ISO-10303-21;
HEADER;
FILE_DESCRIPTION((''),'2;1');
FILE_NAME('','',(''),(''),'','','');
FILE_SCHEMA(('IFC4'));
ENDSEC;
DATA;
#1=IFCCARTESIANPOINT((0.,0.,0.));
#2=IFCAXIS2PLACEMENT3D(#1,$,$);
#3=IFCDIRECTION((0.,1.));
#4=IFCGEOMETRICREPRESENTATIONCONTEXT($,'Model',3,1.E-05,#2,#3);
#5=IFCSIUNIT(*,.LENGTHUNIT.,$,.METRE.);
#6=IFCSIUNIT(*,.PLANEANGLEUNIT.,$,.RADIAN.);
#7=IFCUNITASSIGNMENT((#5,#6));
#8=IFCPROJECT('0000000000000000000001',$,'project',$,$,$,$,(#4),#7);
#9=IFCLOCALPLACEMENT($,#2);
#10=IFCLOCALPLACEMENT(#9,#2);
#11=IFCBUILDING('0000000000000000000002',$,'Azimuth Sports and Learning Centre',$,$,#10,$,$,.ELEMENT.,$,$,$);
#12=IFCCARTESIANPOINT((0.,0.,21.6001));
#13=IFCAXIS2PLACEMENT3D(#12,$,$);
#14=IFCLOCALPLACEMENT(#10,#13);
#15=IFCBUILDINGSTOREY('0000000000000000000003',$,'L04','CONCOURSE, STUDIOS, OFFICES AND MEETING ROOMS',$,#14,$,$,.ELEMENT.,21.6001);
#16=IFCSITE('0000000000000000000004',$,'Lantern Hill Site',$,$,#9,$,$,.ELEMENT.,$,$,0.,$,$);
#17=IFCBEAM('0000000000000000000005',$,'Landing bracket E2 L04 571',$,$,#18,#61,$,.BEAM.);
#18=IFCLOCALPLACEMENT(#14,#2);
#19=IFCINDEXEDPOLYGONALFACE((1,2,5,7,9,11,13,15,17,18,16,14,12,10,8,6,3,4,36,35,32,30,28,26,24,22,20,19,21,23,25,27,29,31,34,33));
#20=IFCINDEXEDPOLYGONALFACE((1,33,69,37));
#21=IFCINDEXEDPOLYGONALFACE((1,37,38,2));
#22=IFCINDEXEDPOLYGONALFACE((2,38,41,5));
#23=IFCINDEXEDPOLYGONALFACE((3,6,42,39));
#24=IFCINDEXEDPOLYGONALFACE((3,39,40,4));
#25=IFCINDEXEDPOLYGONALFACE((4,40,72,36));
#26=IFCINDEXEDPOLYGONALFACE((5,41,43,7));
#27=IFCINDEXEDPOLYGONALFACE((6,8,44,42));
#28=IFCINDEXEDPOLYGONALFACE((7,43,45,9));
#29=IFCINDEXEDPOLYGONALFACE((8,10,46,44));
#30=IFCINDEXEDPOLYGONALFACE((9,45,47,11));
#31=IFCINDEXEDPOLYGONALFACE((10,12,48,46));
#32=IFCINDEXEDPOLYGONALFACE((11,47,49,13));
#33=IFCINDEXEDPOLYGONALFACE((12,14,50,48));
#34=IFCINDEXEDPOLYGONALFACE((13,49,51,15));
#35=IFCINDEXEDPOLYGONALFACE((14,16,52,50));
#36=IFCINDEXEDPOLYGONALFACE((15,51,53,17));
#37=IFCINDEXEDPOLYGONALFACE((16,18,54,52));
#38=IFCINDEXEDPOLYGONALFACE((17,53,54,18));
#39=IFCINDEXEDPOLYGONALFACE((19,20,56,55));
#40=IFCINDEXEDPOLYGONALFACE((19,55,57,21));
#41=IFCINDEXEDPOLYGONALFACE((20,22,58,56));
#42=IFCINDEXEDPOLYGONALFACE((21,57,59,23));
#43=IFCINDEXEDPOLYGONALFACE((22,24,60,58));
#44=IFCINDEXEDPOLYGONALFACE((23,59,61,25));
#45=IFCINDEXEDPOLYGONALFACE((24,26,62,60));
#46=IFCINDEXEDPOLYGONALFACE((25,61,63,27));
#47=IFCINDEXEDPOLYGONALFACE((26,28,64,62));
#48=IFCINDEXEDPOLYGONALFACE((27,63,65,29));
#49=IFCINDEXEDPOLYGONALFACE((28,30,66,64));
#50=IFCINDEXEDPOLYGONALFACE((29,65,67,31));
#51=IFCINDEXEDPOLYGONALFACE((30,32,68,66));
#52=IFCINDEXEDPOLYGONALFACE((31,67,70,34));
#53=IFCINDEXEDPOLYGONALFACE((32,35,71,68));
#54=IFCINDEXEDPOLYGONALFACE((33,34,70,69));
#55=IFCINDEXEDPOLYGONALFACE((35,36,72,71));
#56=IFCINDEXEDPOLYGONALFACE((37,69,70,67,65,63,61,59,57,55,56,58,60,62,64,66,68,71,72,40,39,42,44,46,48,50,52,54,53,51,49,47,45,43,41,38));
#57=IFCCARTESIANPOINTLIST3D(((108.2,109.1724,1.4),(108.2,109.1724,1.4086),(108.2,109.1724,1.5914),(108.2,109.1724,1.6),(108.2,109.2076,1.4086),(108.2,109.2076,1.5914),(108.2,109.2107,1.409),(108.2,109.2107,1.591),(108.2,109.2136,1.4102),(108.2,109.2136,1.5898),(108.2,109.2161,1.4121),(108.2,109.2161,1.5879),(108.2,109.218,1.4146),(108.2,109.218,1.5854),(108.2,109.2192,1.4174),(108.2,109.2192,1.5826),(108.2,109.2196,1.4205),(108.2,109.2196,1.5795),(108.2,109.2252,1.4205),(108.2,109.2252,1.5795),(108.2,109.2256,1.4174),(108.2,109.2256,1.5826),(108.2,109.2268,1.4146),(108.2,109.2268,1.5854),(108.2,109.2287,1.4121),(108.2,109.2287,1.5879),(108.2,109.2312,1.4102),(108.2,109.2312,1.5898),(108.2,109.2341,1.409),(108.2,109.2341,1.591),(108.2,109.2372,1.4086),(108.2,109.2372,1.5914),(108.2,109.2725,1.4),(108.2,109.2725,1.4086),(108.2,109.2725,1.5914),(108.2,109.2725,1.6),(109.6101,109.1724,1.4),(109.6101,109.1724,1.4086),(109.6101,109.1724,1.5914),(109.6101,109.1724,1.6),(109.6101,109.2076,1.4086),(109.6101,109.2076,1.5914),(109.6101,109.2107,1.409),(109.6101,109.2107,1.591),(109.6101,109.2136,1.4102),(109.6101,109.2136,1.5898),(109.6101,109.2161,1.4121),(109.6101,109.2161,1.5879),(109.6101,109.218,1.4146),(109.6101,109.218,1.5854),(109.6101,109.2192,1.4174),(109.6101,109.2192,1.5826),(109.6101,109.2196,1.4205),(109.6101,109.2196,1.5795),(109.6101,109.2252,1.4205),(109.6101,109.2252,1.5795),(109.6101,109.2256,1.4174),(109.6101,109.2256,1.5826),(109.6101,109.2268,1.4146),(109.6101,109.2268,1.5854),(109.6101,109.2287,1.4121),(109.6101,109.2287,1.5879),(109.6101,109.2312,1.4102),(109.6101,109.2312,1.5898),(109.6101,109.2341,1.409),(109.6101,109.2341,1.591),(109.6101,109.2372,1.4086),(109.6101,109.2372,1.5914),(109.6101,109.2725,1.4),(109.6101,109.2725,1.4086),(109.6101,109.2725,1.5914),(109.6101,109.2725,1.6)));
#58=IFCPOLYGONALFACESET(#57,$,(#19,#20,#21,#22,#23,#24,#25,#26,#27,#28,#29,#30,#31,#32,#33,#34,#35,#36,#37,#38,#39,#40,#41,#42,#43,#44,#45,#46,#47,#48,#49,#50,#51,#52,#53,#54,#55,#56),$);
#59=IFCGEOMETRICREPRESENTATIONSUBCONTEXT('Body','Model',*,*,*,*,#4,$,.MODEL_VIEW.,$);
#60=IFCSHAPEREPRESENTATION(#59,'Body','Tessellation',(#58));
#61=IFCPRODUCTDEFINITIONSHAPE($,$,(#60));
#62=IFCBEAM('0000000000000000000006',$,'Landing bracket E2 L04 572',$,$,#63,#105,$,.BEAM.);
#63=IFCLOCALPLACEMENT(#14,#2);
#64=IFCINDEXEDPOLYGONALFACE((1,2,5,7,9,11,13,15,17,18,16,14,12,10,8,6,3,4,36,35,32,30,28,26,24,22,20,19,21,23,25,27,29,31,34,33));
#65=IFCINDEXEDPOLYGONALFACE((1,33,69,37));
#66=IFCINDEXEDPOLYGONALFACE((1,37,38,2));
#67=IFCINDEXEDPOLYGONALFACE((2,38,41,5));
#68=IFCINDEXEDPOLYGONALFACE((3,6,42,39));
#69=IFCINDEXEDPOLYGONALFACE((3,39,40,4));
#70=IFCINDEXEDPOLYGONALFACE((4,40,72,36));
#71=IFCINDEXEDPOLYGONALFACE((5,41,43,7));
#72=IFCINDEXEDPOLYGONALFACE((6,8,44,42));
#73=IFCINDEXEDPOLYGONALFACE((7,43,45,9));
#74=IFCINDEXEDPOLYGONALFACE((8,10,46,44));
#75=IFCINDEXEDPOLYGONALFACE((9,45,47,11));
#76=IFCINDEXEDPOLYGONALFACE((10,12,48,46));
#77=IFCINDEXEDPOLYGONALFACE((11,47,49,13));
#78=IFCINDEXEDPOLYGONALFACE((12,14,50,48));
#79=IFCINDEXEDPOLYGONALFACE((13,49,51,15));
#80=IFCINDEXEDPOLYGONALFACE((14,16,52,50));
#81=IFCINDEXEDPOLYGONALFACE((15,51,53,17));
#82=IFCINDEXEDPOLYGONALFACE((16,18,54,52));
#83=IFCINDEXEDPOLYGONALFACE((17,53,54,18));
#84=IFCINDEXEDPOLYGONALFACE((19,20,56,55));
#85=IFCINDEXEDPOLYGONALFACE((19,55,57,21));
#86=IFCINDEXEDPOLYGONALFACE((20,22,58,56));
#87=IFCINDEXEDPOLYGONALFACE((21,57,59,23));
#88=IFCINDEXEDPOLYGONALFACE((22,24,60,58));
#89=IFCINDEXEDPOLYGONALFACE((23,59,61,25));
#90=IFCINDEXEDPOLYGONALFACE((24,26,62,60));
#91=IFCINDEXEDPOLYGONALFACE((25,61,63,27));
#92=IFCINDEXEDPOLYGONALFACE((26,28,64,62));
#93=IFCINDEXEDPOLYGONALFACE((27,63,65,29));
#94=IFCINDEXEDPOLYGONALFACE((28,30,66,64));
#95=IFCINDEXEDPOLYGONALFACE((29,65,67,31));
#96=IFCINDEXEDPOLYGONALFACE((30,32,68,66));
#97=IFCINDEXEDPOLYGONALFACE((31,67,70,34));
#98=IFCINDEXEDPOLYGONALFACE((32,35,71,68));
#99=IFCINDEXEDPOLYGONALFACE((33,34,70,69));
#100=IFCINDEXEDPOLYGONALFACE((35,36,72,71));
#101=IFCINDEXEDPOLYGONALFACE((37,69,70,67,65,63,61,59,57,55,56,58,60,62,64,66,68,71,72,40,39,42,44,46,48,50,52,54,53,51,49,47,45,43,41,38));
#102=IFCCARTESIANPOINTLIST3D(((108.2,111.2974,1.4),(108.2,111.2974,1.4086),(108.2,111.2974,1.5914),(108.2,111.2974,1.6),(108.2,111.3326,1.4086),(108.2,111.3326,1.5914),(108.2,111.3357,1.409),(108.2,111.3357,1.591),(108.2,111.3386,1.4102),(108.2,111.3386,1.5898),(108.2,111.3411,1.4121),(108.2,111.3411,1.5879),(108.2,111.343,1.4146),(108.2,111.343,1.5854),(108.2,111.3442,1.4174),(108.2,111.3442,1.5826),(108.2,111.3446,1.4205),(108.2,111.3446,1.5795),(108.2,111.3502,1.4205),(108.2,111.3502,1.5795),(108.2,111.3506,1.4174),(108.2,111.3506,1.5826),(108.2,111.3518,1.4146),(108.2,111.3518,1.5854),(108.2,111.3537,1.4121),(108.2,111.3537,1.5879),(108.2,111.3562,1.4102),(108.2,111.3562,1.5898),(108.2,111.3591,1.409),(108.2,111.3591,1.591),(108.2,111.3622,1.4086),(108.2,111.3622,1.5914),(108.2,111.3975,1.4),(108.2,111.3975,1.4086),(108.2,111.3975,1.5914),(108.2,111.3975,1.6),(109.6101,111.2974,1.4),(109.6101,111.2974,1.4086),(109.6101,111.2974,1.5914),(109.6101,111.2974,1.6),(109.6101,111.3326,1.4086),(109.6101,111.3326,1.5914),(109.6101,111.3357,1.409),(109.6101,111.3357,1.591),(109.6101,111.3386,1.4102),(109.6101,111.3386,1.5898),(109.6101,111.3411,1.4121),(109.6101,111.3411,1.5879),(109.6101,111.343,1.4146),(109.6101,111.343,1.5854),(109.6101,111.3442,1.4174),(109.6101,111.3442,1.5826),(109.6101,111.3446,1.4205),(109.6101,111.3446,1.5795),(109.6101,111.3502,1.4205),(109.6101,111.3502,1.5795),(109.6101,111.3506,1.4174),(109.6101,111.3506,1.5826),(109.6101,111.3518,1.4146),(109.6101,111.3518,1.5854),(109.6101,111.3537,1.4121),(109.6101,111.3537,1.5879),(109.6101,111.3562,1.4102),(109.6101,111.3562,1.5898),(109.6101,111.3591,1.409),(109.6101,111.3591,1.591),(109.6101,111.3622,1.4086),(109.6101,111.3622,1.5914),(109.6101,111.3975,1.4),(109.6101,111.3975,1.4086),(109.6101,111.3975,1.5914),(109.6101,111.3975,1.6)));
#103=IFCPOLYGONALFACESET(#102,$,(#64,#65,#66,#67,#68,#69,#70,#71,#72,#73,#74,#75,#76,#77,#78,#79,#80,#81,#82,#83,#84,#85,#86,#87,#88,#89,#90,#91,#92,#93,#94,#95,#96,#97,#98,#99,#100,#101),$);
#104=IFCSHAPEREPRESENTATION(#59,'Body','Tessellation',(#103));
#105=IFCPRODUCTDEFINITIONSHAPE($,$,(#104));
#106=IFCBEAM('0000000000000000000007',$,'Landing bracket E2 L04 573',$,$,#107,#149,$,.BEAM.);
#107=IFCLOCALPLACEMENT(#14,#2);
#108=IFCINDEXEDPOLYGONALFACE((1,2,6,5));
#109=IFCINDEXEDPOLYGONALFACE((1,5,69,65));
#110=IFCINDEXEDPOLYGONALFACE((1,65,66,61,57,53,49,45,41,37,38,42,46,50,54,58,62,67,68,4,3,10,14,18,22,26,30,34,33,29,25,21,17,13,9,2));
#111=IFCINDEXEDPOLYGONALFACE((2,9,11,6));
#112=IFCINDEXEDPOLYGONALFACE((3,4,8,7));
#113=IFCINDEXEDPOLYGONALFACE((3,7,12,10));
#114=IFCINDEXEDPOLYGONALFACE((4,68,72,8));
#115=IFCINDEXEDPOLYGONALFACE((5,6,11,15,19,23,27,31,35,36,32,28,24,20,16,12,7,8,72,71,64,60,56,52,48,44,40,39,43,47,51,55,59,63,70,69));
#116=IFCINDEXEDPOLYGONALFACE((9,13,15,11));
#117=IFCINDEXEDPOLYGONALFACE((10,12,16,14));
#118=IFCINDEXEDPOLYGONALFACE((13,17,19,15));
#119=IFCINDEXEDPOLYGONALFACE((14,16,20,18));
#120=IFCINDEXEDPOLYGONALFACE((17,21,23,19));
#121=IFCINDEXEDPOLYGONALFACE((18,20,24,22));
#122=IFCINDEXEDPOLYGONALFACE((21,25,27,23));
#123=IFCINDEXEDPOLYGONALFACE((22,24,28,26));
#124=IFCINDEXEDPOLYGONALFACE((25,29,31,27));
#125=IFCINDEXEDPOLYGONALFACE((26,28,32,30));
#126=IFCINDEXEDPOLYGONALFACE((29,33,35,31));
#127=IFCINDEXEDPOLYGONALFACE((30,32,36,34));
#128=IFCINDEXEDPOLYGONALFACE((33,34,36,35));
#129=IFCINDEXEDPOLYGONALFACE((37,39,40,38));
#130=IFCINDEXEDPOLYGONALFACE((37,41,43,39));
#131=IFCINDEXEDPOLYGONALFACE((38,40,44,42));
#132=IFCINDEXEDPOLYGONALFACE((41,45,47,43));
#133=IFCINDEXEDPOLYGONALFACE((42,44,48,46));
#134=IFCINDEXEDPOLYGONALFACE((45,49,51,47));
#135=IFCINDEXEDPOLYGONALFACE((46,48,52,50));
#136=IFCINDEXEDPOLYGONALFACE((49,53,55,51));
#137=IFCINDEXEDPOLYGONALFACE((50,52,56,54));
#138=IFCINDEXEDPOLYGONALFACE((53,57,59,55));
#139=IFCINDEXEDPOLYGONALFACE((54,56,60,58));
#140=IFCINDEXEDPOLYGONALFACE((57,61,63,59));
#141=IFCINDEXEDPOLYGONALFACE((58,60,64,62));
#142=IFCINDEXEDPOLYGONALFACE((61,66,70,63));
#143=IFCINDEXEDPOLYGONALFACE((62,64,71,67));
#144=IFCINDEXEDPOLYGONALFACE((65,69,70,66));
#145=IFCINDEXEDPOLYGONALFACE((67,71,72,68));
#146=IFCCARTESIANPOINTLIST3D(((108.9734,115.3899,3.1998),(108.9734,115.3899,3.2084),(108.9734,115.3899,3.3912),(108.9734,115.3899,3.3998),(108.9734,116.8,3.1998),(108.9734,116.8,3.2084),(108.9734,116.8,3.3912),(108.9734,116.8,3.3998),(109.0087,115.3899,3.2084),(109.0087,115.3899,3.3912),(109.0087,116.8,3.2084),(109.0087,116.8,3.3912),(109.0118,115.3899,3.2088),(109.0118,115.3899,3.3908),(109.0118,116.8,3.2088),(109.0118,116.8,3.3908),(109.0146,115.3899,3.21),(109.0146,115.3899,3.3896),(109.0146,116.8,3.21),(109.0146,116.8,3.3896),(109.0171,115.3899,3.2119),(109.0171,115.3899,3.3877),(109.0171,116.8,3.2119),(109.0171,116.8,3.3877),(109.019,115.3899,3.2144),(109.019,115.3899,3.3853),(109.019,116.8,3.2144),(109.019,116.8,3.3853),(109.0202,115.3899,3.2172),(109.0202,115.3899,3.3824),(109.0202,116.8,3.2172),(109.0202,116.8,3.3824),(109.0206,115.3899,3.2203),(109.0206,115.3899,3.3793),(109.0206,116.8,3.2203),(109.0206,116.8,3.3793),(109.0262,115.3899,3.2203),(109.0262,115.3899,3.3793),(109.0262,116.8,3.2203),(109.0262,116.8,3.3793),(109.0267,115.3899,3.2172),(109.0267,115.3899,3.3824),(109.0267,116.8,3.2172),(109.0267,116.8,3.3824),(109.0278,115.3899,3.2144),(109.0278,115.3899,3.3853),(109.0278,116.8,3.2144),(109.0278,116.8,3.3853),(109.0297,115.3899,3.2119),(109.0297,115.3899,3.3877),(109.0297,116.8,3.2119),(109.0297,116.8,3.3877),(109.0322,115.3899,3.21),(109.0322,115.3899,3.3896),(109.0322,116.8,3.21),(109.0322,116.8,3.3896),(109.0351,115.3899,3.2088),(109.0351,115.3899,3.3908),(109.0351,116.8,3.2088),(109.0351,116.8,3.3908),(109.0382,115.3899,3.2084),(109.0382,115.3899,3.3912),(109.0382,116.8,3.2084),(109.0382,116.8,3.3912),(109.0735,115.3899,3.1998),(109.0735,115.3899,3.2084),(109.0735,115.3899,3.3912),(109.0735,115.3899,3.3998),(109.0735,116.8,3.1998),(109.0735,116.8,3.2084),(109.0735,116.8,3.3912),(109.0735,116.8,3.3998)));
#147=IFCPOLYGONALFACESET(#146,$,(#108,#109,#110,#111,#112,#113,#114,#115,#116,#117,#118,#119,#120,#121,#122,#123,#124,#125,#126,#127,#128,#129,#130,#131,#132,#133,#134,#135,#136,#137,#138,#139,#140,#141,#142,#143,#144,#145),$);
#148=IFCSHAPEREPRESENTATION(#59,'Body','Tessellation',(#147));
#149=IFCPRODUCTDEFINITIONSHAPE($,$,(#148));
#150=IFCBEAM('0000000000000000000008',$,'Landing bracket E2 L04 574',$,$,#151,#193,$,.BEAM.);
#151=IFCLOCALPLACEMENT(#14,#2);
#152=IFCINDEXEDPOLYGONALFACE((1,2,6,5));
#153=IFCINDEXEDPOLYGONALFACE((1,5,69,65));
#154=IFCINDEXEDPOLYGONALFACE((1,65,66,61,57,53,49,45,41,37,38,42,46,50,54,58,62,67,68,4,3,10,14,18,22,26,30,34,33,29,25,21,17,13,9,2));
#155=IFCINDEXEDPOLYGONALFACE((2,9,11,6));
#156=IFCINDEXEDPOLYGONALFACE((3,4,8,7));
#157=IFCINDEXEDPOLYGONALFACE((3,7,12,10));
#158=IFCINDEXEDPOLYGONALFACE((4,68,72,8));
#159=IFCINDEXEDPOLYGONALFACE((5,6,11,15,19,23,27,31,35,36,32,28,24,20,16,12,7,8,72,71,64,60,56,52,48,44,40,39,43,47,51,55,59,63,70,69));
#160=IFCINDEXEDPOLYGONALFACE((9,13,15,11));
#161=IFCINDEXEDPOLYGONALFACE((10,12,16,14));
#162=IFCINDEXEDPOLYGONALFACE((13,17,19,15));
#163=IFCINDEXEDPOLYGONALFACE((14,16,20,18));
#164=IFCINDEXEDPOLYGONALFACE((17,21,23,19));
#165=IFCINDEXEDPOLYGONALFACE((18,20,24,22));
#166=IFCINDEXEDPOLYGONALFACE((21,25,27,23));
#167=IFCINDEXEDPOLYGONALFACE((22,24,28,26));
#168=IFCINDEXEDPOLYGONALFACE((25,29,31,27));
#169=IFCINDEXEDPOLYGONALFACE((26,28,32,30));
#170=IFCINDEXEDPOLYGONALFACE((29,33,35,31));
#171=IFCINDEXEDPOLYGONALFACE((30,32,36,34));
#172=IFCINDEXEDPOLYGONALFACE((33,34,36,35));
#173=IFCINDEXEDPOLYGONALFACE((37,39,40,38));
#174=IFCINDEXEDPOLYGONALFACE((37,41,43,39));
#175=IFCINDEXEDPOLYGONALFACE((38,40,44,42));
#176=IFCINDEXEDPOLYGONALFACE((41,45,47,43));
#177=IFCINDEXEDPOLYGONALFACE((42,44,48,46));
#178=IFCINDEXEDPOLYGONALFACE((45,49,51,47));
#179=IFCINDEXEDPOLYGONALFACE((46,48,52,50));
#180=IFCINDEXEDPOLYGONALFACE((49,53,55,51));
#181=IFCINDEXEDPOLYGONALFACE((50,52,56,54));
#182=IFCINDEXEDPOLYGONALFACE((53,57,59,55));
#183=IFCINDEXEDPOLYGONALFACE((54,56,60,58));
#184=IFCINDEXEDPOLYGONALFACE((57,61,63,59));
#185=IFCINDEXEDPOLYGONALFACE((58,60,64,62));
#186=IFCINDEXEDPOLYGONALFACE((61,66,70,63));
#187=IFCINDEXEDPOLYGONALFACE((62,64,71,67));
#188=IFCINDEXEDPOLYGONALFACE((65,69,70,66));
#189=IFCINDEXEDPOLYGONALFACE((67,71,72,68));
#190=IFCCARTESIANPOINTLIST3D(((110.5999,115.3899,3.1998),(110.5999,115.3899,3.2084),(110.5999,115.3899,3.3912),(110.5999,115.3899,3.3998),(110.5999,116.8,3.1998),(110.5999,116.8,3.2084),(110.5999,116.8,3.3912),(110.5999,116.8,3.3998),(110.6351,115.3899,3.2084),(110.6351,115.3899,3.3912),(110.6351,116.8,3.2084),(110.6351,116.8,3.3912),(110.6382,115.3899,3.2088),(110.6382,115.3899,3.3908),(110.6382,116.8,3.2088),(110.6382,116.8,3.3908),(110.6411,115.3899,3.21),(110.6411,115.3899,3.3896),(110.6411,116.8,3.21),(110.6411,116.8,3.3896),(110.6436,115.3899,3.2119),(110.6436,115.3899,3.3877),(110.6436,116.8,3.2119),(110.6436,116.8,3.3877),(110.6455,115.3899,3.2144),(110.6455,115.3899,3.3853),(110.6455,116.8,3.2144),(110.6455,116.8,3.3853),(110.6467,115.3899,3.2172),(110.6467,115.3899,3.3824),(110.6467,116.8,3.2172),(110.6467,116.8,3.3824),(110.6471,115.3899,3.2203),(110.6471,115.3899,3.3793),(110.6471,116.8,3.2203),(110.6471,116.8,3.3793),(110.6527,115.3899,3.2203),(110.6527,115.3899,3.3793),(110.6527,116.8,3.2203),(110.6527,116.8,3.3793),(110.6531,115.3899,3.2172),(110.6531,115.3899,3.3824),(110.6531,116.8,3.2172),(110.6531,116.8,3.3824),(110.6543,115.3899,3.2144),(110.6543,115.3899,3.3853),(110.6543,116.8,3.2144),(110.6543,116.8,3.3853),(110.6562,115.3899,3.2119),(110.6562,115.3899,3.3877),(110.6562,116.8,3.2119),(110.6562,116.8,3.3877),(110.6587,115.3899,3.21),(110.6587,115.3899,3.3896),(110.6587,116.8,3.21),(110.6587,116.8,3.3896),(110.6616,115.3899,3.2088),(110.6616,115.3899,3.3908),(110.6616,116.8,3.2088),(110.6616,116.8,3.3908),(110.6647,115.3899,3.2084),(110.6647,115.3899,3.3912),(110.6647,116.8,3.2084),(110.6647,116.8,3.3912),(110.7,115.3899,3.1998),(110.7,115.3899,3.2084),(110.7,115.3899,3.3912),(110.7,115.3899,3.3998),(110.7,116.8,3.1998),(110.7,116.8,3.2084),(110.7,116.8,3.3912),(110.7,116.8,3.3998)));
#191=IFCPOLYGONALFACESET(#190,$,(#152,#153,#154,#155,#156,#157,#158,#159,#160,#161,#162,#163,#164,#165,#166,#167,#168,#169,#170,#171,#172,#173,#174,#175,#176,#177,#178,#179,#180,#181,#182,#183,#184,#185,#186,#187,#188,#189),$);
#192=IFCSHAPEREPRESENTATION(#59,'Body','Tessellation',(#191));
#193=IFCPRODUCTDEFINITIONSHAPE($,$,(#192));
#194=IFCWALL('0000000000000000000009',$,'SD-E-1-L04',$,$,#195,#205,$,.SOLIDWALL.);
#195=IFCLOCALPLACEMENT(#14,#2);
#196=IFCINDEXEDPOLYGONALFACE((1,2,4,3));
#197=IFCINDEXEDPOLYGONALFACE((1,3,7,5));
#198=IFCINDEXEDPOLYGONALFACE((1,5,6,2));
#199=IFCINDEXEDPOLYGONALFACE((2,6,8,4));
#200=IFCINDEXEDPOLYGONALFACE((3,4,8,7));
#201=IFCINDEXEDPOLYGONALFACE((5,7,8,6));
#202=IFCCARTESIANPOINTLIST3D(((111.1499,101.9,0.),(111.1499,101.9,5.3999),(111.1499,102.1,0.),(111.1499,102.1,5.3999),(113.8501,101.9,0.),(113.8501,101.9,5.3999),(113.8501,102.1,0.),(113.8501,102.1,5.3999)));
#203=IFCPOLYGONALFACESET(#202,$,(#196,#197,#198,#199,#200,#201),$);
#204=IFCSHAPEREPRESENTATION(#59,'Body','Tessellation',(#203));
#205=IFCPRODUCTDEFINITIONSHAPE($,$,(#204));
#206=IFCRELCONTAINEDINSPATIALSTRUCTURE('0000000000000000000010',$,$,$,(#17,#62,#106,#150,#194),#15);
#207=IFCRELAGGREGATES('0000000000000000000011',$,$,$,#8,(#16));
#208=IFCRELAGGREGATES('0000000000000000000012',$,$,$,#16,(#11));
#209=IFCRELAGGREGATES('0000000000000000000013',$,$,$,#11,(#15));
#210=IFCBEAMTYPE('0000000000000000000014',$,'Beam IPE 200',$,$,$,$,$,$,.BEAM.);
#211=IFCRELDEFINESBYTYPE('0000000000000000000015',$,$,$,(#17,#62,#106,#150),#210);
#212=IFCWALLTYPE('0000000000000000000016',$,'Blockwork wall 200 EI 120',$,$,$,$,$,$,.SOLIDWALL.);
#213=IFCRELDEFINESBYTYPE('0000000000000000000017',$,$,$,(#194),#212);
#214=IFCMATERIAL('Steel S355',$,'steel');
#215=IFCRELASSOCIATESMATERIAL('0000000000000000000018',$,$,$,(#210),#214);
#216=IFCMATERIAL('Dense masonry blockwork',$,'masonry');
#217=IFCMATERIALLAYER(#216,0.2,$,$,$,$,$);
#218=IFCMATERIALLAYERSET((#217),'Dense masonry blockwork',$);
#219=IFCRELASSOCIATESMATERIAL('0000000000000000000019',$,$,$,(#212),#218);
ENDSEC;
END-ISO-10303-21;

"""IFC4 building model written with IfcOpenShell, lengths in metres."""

from ifc_helpers import new_model, si_unit, direction, frame, frame_2d, origin, origin_2d, place, context, subcontext, project, spatial, rectangle, i_section, extrude, material, layer, layer_set, material_profile, profile_set, type_object, element, save


model = new_model("IFC4")

# Units and contexts
model_context = context("Model", 3, precision=1e-05, world=origin(), true_north=direction((0.0, 1.0)))
body_context = subcontext(model_context, "Body", "Model", "MODEL_VIEW")
ifc_project = project(units=[si_unit("LENGTHUNIT", "METRE"), si_unit("PLANEANGLEUNIT", "RADIAN")], contexts=[model_context])

# Site, building, storey
site_placement = place(None, origin())
site = spatial("IfcSite", under=ifc_project, at=site_placement, Name="Lantern Hill Site", CompositionType="ELEMENT", RefElevation=0.0)
building_placement = place(site_placement, origin())
building = spatial("IfcBuilding", under=site, at=building_placement, Name="Azimuth Sports and Learning Centre", CompositionType="ELEMENT")
storey_placement = place(building_placement, frame((0.0, 0.0, 21.6001)))
storey = spatial("IfcBuildingStorey", under=building, at=storey_placement, Name="L04", Description="CONCOURSE, STUDIOS, OFFICES AND MEETING ROOMS", CompositionType="ELEMENT", Elevation=21.6001)

# Beams
ifc_material_1 = material(Name="Steel S355", Category="steel")
ifc_material_profile = material_profile(ifc_material_1, i_section(OverallWidth=0.1001, OverallDepth=0.2, WebThickness=0.0056, FlangeThickness=0.0085, FilletRadius=0.012, at=origin_2d()), Name="IPE 200")
ifc_profile_set = profile_set([ifc_material_profile], Name="Steel S355")
beam_type = type_object("IfcBeamType", Name="Beam IPE 200", PredefinedType="BEAM", material=ifc_profile_set)
for number, where, z_axis, x_axis, name in (
    (1, (108.2, 109.2224, 1.5), (1.0, 0.0, 0.0), (0.0, 1.0, 0.0), "Landing bracket E2 L04 571"),
    (2, (108.2, 111.3474, 1.5), (1.0, 0.0, 0.0), (0.0, 1.0, 0.0), "Landing bracket E2 L04 572"),
    (3, (109.0234, 116.8, 3.2998), (0.0, -1.0, 0.0), (1.0, 0.0, 0.0), "Landing bracket E2 L04 573"),
    (4, (110.6499, 116.8, 3.2998), (0.0, -1.0, 0.0), (1.0, 0.0, 0.0), "Landing bracket E2 L04 574"),
):
    element("IfcBeam", number, at=place(storey_placement, frame(where, z_axis=z_axis, x_axis=x_axis)), inside=storey, type_object=beam_type, Name=name, PredefinedType="BEAM", context=body_context, shape_type="SweptSolid", body=[
        extrude(i_section(OverallWidth=0.1001, OverallDepth=0.2, WebThickness=0.0056, FlangeThickness=0.0085, FilletRadius=0.012, at=origin_2d()), origin(), (0.0, 0.0, 1.0), 1.4102),
    ])

# Wall
ifc_material_2 = material(Name="Dense masonry blockwork", Category="masonry")
ifc_layer_1 = layer(ifc_material_2, 0.2)
ifc_layer_set_1 = layer_set([ifc_layer_1], Name="Dense masonry blockwork")
wall_type_1 = type_object("IfcWallType", Name="Blockwork wall 200 EI 120", PredefinedType="SOLIDWALL", material=ifc_layer_set_1)
for number, where, z_axis, x_axis, name in (
    (5, (111.1499, 102.0, 0.0), (0.0, 0.0, 1.0), (1.0, 0.0, 0.0), "SD-E-1-L04"),
):
    element("IfcWall", number, at=place(storey_placement, frame(where, z_axis=z_axis, x_axis=x_axis)), inside=storey, type_object=wall_type_1, Name=name, PredefinedType="SOLIDWALL", context=body_context, shape_type="SweptSolid", body=[
        extrude(rectangle(XDim=2.7002, YDim=0.2, at=frame_2d((1.3501, 0.0))), origin(), (0.0, 0.0, 1.0), 5.3999),
    ])

save(model, "model.ifc")
